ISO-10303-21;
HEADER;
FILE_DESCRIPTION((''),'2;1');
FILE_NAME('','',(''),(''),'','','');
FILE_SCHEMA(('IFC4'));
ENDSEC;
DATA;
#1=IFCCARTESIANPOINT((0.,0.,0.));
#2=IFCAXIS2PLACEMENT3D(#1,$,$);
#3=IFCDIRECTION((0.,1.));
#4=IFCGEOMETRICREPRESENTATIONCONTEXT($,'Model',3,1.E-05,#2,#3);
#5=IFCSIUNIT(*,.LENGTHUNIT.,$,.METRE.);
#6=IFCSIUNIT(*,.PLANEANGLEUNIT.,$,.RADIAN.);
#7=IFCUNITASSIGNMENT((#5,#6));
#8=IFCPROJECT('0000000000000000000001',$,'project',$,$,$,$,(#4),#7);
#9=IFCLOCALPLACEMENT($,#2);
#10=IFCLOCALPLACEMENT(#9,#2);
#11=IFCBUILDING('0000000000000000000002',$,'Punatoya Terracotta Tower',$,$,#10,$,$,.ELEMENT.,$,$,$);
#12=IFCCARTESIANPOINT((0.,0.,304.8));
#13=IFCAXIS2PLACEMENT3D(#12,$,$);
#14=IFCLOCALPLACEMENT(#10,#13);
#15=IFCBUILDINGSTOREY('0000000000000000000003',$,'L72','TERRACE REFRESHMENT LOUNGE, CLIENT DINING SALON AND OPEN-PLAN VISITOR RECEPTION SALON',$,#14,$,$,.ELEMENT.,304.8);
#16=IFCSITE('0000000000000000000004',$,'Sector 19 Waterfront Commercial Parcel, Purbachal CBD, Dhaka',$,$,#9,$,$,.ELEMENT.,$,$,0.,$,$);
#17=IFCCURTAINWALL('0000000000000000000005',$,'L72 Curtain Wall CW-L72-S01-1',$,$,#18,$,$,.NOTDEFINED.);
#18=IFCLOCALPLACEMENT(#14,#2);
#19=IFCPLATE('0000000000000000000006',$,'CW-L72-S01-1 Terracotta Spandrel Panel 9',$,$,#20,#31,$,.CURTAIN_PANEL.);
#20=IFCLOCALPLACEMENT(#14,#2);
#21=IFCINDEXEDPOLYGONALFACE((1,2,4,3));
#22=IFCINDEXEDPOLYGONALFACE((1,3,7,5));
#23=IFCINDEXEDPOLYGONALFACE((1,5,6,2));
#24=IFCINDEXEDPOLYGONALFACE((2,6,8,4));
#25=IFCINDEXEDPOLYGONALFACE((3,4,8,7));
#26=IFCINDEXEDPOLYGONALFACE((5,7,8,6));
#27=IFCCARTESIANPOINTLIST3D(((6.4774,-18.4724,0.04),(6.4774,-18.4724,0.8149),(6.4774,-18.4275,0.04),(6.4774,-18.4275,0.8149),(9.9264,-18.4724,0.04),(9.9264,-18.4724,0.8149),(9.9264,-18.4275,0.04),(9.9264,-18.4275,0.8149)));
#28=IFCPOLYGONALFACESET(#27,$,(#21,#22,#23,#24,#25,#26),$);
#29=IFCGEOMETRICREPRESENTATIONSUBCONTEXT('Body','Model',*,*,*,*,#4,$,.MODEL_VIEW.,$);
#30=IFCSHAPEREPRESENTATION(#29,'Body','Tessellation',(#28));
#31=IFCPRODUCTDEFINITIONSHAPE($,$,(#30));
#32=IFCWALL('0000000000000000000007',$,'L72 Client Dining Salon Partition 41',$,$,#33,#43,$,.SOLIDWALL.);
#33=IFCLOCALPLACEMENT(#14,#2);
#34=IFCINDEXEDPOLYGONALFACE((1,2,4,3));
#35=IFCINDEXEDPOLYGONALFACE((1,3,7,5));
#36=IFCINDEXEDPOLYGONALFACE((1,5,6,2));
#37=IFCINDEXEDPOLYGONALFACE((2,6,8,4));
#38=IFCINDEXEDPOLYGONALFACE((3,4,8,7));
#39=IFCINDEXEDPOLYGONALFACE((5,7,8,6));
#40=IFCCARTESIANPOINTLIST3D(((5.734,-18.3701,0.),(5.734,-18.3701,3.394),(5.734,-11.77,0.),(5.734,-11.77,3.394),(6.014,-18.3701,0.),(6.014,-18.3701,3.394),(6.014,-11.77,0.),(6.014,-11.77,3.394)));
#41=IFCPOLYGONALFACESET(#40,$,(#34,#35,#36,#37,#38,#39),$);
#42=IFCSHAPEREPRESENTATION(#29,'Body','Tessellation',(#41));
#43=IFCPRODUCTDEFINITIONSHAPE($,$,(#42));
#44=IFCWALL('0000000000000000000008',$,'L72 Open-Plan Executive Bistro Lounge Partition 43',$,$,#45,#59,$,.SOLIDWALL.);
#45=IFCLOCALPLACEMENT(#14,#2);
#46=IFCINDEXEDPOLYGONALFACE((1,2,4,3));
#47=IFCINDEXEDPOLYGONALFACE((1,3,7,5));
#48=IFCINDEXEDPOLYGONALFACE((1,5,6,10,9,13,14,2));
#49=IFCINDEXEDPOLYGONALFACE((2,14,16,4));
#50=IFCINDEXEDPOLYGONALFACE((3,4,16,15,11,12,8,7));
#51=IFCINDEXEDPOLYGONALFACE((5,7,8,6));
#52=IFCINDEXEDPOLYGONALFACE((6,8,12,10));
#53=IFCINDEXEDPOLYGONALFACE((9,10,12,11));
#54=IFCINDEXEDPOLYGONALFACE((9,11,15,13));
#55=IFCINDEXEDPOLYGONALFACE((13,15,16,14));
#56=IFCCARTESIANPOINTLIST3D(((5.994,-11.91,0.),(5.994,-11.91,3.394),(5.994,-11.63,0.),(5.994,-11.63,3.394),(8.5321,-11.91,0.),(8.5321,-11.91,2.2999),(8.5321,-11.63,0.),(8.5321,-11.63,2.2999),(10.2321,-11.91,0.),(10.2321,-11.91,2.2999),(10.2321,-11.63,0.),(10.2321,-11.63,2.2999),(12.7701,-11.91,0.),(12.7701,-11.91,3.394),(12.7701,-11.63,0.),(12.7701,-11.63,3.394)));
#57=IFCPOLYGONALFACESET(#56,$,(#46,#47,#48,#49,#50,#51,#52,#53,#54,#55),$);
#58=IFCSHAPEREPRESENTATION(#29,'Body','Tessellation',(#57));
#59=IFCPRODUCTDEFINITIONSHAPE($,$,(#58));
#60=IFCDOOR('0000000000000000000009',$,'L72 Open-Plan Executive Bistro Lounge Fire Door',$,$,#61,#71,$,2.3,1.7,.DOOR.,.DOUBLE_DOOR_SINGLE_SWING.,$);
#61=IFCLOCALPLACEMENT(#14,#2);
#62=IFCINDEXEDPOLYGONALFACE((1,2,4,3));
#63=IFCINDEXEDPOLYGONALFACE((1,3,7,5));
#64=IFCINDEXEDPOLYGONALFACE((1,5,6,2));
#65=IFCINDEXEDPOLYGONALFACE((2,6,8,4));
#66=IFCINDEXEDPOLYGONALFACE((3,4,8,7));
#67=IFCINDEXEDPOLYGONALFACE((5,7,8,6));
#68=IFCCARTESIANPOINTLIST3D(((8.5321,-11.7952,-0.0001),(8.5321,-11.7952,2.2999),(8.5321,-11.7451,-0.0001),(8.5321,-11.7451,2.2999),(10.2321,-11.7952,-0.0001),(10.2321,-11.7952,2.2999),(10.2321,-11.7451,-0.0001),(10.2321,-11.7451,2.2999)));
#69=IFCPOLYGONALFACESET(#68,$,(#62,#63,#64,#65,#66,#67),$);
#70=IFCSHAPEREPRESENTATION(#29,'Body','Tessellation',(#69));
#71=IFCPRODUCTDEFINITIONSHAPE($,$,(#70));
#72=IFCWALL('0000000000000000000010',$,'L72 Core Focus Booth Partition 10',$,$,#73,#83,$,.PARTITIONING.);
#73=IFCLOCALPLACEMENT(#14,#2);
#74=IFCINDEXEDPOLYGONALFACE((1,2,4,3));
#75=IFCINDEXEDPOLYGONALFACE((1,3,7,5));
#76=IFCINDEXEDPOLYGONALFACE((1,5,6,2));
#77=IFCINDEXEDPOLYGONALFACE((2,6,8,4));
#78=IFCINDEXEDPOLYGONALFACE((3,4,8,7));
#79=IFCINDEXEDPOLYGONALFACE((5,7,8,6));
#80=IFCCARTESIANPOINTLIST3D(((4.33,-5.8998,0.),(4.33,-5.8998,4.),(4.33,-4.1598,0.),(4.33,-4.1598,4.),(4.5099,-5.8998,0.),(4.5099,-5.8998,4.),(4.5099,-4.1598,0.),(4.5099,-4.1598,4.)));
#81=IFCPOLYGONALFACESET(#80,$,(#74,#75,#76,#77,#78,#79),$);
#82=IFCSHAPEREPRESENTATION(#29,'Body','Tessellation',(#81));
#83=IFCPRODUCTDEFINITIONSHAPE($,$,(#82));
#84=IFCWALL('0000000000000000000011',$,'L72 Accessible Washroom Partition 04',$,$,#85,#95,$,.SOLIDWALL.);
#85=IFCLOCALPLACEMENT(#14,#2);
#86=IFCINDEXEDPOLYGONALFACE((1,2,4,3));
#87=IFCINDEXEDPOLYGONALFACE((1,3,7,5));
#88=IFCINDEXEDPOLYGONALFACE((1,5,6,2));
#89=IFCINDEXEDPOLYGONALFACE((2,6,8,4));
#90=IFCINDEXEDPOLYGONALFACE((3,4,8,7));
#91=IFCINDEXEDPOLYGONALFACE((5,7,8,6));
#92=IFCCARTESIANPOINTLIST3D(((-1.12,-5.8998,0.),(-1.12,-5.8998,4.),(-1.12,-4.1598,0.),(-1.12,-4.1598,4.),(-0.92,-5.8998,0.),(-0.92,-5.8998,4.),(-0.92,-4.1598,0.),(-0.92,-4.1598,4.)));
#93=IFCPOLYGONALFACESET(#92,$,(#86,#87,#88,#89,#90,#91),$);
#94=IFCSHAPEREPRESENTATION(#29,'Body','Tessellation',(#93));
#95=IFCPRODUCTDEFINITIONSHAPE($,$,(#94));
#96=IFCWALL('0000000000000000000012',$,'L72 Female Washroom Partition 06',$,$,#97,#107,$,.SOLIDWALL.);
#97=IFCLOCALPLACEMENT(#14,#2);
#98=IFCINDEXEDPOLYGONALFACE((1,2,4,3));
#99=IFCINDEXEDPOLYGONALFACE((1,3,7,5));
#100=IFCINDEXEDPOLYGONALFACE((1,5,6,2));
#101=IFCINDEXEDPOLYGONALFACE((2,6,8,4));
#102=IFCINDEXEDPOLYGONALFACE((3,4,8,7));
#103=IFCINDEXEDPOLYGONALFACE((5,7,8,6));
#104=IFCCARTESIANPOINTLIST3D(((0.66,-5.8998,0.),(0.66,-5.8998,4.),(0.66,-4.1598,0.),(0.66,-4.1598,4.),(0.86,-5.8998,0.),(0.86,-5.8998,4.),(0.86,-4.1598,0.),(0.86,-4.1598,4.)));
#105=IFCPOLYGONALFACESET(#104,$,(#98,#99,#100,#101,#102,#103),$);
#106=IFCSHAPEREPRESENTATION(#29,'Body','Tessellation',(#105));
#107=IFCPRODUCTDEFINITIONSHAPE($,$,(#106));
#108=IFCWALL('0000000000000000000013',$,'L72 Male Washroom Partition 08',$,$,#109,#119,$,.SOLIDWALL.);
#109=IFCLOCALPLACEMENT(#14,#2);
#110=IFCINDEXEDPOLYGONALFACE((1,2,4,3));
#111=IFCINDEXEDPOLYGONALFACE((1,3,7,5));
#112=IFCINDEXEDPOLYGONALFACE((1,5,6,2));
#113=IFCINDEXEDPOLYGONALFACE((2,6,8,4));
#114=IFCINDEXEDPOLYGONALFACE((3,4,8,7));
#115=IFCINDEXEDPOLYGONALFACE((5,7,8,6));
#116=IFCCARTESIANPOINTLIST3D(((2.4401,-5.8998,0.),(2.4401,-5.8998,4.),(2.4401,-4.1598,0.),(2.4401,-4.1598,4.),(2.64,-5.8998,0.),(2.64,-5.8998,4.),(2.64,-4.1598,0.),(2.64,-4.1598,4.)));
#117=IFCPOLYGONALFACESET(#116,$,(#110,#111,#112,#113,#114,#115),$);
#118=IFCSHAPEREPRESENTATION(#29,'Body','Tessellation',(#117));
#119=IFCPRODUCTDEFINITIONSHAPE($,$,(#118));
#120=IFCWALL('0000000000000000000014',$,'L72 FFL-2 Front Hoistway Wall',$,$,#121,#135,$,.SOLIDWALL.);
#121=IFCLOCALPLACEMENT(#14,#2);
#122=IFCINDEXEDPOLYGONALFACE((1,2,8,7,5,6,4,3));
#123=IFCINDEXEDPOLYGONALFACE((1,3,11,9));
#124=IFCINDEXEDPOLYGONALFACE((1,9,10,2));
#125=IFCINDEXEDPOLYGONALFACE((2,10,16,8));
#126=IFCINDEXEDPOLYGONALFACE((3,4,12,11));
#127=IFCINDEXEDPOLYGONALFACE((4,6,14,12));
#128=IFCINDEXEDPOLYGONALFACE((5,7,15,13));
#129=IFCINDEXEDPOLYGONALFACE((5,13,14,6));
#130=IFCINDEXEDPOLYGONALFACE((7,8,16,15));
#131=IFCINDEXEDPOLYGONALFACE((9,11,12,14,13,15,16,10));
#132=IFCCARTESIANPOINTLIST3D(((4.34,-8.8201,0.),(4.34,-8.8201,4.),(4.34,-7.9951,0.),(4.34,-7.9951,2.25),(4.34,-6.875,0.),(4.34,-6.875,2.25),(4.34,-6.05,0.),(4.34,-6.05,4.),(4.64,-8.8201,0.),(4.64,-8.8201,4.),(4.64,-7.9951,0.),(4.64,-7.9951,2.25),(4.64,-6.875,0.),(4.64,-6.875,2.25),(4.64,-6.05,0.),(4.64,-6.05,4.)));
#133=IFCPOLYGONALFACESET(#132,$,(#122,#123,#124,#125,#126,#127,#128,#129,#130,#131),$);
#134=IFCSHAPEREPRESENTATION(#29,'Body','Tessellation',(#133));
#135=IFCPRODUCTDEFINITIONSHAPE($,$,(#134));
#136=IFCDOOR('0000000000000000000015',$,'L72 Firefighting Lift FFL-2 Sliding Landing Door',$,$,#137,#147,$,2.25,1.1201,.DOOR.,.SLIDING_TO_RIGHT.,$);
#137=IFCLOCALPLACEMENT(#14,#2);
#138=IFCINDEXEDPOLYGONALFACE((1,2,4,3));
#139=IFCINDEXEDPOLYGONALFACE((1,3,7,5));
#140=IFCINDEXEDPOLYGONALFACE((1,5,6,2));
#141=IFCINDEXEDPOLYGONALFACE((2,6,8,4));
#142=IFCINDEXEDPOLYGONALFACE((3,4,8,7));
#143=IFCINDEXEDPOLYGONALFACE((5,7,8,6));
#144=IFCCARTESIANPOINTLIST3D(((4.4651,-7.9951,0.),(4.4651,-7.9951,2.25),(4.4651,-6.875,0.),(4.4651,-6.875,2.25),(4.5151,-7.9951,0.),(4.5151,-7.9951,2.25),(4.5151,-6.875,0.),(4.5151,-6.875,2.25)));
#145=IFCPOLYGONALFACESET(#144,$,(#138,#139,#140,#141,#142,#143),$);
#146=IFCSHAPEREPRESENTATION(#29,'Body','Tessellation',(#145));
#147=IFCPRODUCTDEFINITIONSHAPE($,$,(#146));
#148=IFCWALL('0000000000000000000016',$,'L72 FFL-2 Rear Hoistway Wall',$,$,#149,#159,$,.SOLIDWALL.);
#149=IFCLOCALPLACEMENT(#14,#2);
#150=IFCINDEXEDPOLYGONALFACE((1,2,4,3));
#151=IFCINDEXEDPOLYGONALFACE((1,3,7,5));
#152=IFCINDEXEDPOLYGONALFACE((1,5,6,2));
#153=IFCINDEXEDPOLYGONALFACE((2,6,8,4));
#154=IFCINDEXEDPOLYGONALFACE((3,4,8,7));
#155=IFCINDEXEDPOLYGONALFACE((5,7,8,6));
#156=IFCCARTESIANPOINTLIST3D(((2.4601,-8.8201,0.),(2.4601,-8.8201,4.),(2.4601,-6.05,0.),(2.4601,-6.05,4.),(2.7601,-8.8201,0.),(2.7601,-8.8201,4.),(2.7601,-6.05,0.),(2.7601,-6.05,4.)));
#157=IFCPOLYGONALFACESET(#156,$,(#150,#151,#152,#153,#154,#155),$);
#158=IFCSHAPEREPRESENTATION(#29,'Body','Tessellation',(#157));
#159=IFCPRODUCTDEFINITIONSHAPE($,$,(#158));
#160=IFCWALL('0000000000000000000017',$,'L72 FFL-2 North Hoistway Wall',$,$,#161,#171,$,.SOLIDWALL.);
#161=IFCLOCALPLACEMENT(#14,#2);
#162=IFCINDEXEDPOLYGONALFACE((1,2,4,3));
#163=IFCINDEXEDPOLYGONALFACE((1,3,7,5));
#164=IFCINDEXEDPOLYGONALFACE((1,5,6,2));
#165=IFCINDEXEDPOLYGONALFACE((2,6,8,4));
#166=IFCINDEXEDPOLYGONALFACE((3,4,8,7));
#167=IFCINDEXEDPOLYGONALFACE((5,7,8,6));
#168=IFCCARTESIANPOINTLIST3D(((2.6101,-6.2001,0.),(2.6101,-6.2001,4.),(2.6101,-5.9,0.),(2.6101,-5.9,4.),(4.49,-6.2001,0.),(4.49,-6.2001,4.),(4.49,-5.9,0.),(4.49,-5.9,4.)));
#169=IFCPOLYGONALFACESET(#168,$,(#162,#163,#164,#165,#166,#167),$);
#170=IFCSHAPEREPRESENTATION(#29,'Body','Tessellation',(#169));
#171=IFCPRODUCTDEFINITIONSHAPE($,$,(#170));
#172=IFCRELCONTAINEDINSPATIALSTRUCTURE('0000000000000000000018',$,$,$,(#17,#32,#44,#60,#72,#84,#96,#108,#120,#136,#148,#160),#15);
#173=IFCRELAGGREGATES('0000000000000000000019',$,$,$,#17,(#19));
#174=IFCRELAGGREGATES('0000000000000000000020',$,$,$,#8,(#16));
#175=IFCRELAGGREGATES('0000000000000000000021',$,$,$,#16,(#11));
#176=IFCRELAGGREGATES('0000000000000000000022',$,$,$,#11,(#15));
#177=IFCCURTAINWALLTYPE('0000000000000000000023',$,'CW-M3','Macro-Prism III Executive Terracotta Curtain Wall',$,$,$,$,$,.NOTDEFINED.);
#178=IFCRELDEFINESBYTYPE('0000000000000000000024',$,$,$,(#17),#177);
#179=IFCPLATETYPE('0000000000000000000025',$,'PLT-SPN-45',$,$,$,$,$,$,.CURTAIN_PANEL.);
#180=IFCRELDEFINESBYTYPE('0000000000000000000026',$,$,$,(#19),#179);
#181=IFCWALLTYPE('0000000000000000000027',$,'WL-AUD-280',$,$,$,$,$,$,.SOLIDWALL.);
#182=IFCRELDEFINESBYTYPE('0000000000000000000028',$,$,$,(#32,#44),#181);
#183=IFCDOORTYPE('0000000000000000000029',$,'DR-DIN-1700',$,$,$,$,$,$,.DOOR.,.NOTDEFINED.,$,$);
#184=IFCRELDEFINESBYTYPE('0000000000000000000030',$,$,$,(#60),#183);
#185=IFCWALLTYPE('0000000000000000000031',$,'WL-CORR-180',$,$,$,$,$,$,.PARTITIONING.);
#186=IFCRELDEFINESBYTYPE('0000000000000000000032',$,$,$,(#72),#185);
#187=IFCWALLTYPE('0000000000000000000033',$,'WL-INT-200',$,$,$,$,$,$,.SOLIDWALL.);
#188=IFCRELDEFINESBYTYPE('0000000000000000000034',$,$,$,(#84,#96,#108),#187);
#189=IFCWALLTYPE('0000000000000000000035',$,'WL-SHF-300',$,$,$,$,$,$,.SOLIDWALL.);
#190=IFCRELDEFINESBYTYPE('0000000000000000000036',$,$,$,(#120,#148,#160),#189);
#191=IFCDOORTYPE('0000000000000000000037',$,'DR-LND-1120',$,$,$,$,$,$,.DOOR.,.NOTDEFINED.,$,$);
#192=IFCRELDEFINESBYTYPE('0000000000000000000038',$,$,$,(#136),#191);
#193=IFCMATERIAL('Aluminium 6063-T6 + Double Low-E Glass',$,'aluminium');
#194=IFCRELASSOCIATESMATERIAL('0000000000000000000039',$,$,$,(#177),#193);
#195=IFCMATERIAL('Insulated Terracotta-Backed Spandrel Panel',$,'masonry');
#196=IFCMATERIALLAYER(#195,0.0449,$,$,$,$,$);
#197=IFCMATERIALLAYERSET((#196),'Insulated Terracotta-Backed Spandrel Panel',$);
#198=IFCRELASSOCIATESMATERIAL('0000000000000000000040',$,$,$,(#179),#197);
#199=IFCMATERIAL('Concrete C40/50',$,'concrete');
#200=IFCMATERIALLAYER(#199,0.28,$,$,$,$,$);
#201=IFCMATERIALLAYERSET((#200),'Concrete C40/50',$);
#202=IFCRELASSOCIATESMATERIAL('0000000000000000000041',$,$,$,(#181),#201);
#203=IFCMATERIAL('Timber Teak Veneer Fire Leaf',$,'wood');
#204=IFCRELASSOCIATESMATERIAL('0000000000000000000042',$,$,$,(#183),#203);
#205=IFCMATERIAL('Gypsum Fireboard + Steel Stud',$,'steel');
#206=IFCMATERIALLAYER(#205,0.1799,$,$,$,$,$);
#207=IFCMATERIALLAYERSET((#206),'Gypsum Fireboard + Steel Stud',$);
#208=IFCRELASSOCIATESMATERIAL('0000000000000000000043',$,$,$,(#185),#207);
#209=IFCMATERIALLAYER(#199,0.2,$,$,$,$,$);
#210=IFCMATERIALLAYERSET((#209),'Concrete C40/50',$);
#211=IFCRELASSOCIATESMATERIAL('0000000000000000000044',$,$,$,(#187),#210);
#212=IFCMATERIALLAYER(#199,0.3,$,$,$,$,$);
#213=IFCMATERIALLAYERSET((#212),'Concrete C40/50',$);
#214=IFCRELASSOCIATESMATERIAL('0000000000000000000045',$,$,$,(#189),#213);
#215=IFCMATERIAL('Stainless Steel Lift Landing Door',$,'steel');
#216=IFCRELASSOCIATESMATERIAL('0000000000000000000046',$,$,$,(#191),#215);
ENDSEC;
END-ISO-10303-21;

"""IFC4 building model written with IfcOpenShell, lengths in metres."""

from ifc_helpers import new_model, si_unit, direction, frame, frame_2d, origin, origin_2d, place, context, subcontext, project, spatial, rectangle, extrude, material, layer, layer_set, type_object, element, fill, aggregate, save


model = new_model("IFC4")

# Units and contexts
model_context = context("Model", 3, precision=1e-05, world=origin(), true_north=direction((0.0, 1.0)))
body_context = subcontext(model_context, "Body", "Model", "MODEL_VIEW")
ifc_project = project(units=[si_unit("LENGTHUNIT", "METRE"), si_unit("PLANEANGLEUNIT", "RADIAN")], contexts=[model_context])

# Site, building, storey
site_placement = place(None, origin())
site = spatial("IfcSite", under=ifc_project, at=site_placement, Name="Sector 19 Waterfront Commercial Parcel, Purbachal CBD, Dhaka", CompositionType="ELEMENT", RefElevation=0.0)
building_placement = place(site_placement, origin())
building = spatial("IfcBuilding", under=site, at=building_placement, Name="Punatoya Terracotta Tower", CompositionType="ELEMENT")
storey_placement = place(building_placement, frame((0.0, 0.0, 304.8)))
storey = spatial("IfcBuildingStorey", under=building, at=storey_placement, Name="L72", Description="TERRACE REFRESHMENT LOUNGE, CLIENT DINING SALON AND OPEN-PLAN VISITOR RECEPTION SALON", CompositionType="ELEMENT", Elevation=304.8)

# Curtain wall, plate
ifc_material_1 = material(Name="Aluminium 6063-T6 + Double Low-E Glass", Category="aluminium")
curtain_wall_type = type_object("IfcCurtainWallType", Name="CW-M3", Description="Macro-Prism III Executive Terracotta Curtain Wall", PredefinedType="NOTDEFINED", material=ifc_material_1)
curtain_wall_placement = place(storey_placement, origin())
curtain_wall = element("IfcCurtainWall", 1, at=curtain_wall_placement, inside=storey, type_object=curtain_wall_type, Name="L72 Curtain Wall CW-L72-S01-1", PredefinedType="NOTDEFINED")
ifc_material_2 = material(Name="Insulated Terracotta-Backed Spandrel Panel", Category="masonry")
ifc_layer_1 = layer(ifc_material_2, 0.0449)
ifc_layer_set_1 = layer_set([ifc_layer_1], Name="Insulated Terracotta-Backed Spandrel Panel")
plate_type_1 = type_object("IfcPlateType", Name="PLT-SPN-45", PredefinedType="CURTAIN_PANEL", material=ifc_layer_set_1)
plate_1_placement = place(storey_placement, frame((8.2019, -18.45, 0.04), z_axis=(0.0, 0.0, 1.0), x_axis=(1.0, 0.0, 0.0)))
plate_1 = element("IfcPlate", 2, at=plate_1_placement, type_object=plate_type_1, Name="CW-L72-S01-1 Terracotta Spandrel Panel 9", PredefinedType="CURTAIN_PANEL", context=body_context, shape_type="SweptSolid", body=[
    extrude(rectangle(XDim=3.449, YDim=0.0449, at=origin_2d()), origin(), (0.0, 0.0, 1.0), 0.7749),
])
aggregate(curtain_wall, [plate_1])

# Wall
ifc_material_3 = material(Name="Concrete C40/50", Category="concrete")
ifc_layer_2 = layer(ifc_material_3, 0.28)
ifc_layer_set_2 = layer_set([ifc_layer_2], Name="Concrete C40/50")
wall_type_1 = type_object("IfcWallType", Name="WL-AUD-280", PredefinedType="SOLIDWALL", material=ifc_layer_set_2)
wall_1_placement = place(storey_placement, frame((5.874, -11.77, 0.0), z_axis=(0.0, 0.0, 1.0), x_axis=(0.0, -1.0, 0.0)))
element("IfcWall", 3, at=wall_1_placement, inside=storey, type_object=wall_type_1, Name="L72 Client Dining Salon Partition 41", PredefinedType="SOLIDWALL", context=body_context, shape_type="SweptSolid", body=[
    extrude(rectangle(XDim=6.6001, YDim=0.28, at=frame_2d((3.3, 0.0))), origin(), (0.0, 0.0, 1.0), 3.394),
])

# Wall, opening, door
wall_2_placement = place(storey_placement, frame((5.9939, -11.77, 0.0), z_axis=(0.0, 0.0, 1.0), x_axis=(1.0, 0.0, 0.0)))
wall_2 = element("IfcWall", 4, at=wall_2_placement, inside=storey, type_object=wall_type_1, Name="L72 Open-Plan Executive Bistro Lounge Partition 43", PredefinedType="SOLIDWALL", context=body_context, shape_type="SweptSolid", body=[
    extrude(rectangle(XDim=6.7761, YDim=0.28, at=frame_2d((3.3882, 0.0))), origin(), (0.0, 0.0, 1.0), 3.394),
])
opening_1_placement = place(wall_2_placement, frame((2.5381, 0.0, 0.0)))
opening_1 = element("IfcOpeningElement", 5, at=opening_1_placement, cuts=wall_2, PredefinedType="OPENING", context=body_context, shape_type="SweptSolid", body=[
    extrude(rectangle(XDim=1.7, YDim=2.3, at=frame_2d((0.8501, 1.1499))), frame((0.0, 0.1499, 0.0), z_axis=(0.0, -1.0, 0.0), x_axis=(1.0, 0.0, 0.0)), (0.0, 0.0, 1.0), 0.3),
])
ifc_material_4 = material(Name="Timber Teak Veneer Fire Leaf", Category="wood")
door_type_1 = type_object("IfcDoorType", Name="DR-DIN-1700", OperationType="NOTDEFINED", PredefinedType="DOOR", material=ifc_material_4)
door_1_placement = place(opening_1_placement, origin())
door_1 = element("IfcDoor", 6, at=door_1_placement, inside=storey, type_object=door_type_1, Name="L72 Open-Plan Executive Bistro Lounge Fire Door", OperationType="DOUBLE_DOOR_SINGLE_SWING", OverallHeight=2.3, OverallWidth=1.7, PredefinedType="DOOR", context=body_context, shape_type="SweptSolid", body=[
    extrude(rectangle(XDim=1.7, YDim=2.3, at=frame_2d((0.8501, 1.1499))), frame((0.0, 0.0249, 0.0), z_axis=(0.0, -1.0, 0.0), x_axis=(1.0, 0.0, 0.0)), (0.0, 0.0, 1.0), 0.05),
])
fill(opening_1, door_1)

# Walls
ifc_material_5 = material(Name="Gypsum Fireboard + Steel Stud", Category="steel")
ifc_layer_3 = layer(ifc_material_5, 0.1799)
ifc_layer_set_3 = layer_set([ifc_layer_3], Name="Gypsum Fireboard + Steel Stud")
wall_type_2 = type_object("IfcWallType", Name="WL-CORR-180", PredefinedType="PARTITIONING", material=ifc_layer_set_3)
wall_3_placement = place(storey_placement, frame((4.4199, -5.8999, 0.0), z_axis=(0.0, 0.0, 1.0), x_axis=(0.0, 1.0, 0.0)))
element("IfcWall", 7, at=wall_3_placement, inside=storey, type_object=wall_type_2, Name="L72 Core Focus Booth Partition 10", PredefinedType="PARTITIONING", context=body_context, shape_type="SweptSolid", body=[
    extrude(rectangle(XDim=1.74, YDim=0.1799, at=frame_2d((0.8701, 0.0))), origin(), (0.0, 0.0, 1.0), 4.0),
])
ifc_layer_4 = layer(ifc_material_3, 0.2)
ifc_layer_set_4 = layer_set([ifc_layer_4], Name="Concrete C40/50")
wall_type_3 = type_object("IfcWallType", Name="WL-INT-200", PredefinedType="SOLIDWALL", material=ifc_layer_set_4)
wall_4_placement = place(storey_placement, frame((-1.02, -5.8999, 0.0), z_axis=(0.0, 0.0, 1.0), x_axis=(0.0, 1.0, 0.0)))
element("IfcWall", 8, at=wall_4_placement, inside=storey, type_object=wall_type_3, Name="L72 Accessible Washroom Partition 04", PredefinedType="SOLIDWALL", context=body_context, shape_type="SweptSolid", body=[
    extrude(rectangle(XDim=1.74, YDim=0.2, at=frame_2d((0.8701, 0.0))), origin(), (0.0, 0.0, 1.0), 4.0),
])

# Wall
wall_5_placement = place(storey_placement, frame((0.76, -5.8999, 0.0), z_axis=(0.0, 0.0, 1.0), x_axis=(0.0, 1.0, 0.0)))
element("IfcWall", 9, at=wall_5_placement, inside=storey, type_object=wall_type_3, Name="L72 Female Washroom Partition 06", PredefinedType="SOLIDWALL", context=body_context, shape_type="SweptSolid", body=[
    extrude(rectangle(XDim=1.74, YDim=0.2, at=frame_2d((0.8701, 0.0))), origin(), (0.0, 0.0, 1.0), 4.0),
])

# Wall
wall_6_placement = place(storey_placement, frame((2.54, -5.8999, 0.0), z_axis=(0.0, 0.0, 1.0), x_axis=(0.0, 1.0, 0.0)))
element("IfcWall", 10, at=wall_6_placement, inside=storey, type_object=wall_type_3, Name="L72 Male Washroom Partition 08", PredefinedType="SOLIDWALL", context=body_context, shape_type="SweptSolid", body=[
    extrude(rectangle(XDim=1.74, YDim=0.2, at=frame_2d((0.8701, 0.0))), origin(), (0.0, 0.0, 1.0), 4.0),
])

# Wall, opening, door
ifc_layer_5 = layer(ifc_material_3, 0.3)
ifc_layer_set_5 = layer_set([ifc_layer_5], Name="Concrete C40/50")
wall_type_4 = type_object("IfcWallType", Name="WL-SHF-300", PredefinedType="SOLIDWALL", material=ifc_layer_set_5)
wall_7_placement = place(storey_placement, frame((4.49, -8.8201, 0.0), z_axis=(0.0, 0.0, 1.0), x_axis=(0.0, 1.0, 0.0)))
wall_7 = element("IfcWall", 11, at=wall_7_placement, inside=storey, type_object=wall_type_4, Name="L72 FFL-2 Front Hoistway Wall", PredefinedType="SOLIDWALL", context=body_context, shape_type="SweptSolid", body=[
    extrude(rectangle(XDim=2.77, YDim=0.3, at=frame_2d((1.385, 0.0))), origin(), (0.0, 0.0, 1.0), 4.0),
])
opening_2_placement = place(wall_7_placement, frame((0.825, 0.0, 0.0)))
opening_2 = element("IfcOpeningElement", 12, at=opening_2_placement, cuts=wall_7, PredefinedType="OPENING", context=body_context, shape_type="SweptSolid", body=[
    extrude(rectangle(XDim=1.1201, YDim=2.25, at=frame_2d((0.5601, 1.125))), frame((0.0, 0.1599, 0.0), z_axis=(0.0, -1.0, 0.0), x_axis=(1.0, 0.0, 0.0)), (0.0, 0.0, 1.0), 0.3201),
])
ifc_material_6 = material(Name="Stainless Steel Lift Landing Door", Category="steel")
door_type_2 = type_object("IfcDoorType", Name="DR-LND-1120", OperationType="NOTDEFINED", PredefinedType="DOOR", material=ifc_material_6)
door_2_placement = place(opening_2_placement, origin())
door_2 = element("IfcDoor", 13, at=door_2_placement, inside=storey, type_object=door_type_2, Name="L72 Firefighting Lift FFL-2 Sliding Landing Door", OperationType="SLIDING_TO_RIGHT", OverallHeight=2.25, OverallWidth=1.1201, PredefinedType="DOOR", context=body_context, shape_type="SweptSolid", body=[
    extrude(rectangle(XDim=1.1201, YDim=2.25, at=frame_2d((0.5601, 1.125))), frame((0.0, 0.0249, 0.0), z_axis=(0.0, -1.0, 0.0), x_axis=(1.0, 0.0, 0.0)), (0.0, 0.0, 1.0), 0.05),
])
fill(opening_2, door_2)

# Walls
wall_8_placement = place(storey_placement, frame((2.6101, -8.8201, 0.0), z_axis=(0.0, 0.0, 1.0), x_axis=(0.0, 1.0, 0.0)))
element("IfcWall", 14, at=wall_8_placement, inside=storey, type_object=wall_type_4, Name="L72 FFL-2 Rear Hoistway Wall", PredefinedType="SOLIDWALL", context=body_context, shape_type="SweptSolid", body=[
    extrude(rectangle(XDim=2.77, YDim=0.3, at=frame_2d((1.385, 0.0))), origin(), (0.0, 0.0, 1.0), 4.0),
])
wall_9_placement = place(storey_placement, frame((2.6101, -6.05, 0.0), z_axis=(0.0, 0.0, 1.0), x_axis=(1.0, 0.0, 0.0)))
element("IfcWall", 15, at=wall_9_placement, inside=storey, type_object=wall_type_4, Name="L72 FFL-2 North Hoistway Wall", PredefinedType="SOLIDWALL", context=body_context, shape_type="SweptSolid", body=[
    extrude(rectangle(XDim=1.8799, YDim=0.3, at=frame_2d((0.9399, 0.0))), origin(), (0.0, 0.0, 1.0), 4.0),
])

save(model, "model.ifc")
